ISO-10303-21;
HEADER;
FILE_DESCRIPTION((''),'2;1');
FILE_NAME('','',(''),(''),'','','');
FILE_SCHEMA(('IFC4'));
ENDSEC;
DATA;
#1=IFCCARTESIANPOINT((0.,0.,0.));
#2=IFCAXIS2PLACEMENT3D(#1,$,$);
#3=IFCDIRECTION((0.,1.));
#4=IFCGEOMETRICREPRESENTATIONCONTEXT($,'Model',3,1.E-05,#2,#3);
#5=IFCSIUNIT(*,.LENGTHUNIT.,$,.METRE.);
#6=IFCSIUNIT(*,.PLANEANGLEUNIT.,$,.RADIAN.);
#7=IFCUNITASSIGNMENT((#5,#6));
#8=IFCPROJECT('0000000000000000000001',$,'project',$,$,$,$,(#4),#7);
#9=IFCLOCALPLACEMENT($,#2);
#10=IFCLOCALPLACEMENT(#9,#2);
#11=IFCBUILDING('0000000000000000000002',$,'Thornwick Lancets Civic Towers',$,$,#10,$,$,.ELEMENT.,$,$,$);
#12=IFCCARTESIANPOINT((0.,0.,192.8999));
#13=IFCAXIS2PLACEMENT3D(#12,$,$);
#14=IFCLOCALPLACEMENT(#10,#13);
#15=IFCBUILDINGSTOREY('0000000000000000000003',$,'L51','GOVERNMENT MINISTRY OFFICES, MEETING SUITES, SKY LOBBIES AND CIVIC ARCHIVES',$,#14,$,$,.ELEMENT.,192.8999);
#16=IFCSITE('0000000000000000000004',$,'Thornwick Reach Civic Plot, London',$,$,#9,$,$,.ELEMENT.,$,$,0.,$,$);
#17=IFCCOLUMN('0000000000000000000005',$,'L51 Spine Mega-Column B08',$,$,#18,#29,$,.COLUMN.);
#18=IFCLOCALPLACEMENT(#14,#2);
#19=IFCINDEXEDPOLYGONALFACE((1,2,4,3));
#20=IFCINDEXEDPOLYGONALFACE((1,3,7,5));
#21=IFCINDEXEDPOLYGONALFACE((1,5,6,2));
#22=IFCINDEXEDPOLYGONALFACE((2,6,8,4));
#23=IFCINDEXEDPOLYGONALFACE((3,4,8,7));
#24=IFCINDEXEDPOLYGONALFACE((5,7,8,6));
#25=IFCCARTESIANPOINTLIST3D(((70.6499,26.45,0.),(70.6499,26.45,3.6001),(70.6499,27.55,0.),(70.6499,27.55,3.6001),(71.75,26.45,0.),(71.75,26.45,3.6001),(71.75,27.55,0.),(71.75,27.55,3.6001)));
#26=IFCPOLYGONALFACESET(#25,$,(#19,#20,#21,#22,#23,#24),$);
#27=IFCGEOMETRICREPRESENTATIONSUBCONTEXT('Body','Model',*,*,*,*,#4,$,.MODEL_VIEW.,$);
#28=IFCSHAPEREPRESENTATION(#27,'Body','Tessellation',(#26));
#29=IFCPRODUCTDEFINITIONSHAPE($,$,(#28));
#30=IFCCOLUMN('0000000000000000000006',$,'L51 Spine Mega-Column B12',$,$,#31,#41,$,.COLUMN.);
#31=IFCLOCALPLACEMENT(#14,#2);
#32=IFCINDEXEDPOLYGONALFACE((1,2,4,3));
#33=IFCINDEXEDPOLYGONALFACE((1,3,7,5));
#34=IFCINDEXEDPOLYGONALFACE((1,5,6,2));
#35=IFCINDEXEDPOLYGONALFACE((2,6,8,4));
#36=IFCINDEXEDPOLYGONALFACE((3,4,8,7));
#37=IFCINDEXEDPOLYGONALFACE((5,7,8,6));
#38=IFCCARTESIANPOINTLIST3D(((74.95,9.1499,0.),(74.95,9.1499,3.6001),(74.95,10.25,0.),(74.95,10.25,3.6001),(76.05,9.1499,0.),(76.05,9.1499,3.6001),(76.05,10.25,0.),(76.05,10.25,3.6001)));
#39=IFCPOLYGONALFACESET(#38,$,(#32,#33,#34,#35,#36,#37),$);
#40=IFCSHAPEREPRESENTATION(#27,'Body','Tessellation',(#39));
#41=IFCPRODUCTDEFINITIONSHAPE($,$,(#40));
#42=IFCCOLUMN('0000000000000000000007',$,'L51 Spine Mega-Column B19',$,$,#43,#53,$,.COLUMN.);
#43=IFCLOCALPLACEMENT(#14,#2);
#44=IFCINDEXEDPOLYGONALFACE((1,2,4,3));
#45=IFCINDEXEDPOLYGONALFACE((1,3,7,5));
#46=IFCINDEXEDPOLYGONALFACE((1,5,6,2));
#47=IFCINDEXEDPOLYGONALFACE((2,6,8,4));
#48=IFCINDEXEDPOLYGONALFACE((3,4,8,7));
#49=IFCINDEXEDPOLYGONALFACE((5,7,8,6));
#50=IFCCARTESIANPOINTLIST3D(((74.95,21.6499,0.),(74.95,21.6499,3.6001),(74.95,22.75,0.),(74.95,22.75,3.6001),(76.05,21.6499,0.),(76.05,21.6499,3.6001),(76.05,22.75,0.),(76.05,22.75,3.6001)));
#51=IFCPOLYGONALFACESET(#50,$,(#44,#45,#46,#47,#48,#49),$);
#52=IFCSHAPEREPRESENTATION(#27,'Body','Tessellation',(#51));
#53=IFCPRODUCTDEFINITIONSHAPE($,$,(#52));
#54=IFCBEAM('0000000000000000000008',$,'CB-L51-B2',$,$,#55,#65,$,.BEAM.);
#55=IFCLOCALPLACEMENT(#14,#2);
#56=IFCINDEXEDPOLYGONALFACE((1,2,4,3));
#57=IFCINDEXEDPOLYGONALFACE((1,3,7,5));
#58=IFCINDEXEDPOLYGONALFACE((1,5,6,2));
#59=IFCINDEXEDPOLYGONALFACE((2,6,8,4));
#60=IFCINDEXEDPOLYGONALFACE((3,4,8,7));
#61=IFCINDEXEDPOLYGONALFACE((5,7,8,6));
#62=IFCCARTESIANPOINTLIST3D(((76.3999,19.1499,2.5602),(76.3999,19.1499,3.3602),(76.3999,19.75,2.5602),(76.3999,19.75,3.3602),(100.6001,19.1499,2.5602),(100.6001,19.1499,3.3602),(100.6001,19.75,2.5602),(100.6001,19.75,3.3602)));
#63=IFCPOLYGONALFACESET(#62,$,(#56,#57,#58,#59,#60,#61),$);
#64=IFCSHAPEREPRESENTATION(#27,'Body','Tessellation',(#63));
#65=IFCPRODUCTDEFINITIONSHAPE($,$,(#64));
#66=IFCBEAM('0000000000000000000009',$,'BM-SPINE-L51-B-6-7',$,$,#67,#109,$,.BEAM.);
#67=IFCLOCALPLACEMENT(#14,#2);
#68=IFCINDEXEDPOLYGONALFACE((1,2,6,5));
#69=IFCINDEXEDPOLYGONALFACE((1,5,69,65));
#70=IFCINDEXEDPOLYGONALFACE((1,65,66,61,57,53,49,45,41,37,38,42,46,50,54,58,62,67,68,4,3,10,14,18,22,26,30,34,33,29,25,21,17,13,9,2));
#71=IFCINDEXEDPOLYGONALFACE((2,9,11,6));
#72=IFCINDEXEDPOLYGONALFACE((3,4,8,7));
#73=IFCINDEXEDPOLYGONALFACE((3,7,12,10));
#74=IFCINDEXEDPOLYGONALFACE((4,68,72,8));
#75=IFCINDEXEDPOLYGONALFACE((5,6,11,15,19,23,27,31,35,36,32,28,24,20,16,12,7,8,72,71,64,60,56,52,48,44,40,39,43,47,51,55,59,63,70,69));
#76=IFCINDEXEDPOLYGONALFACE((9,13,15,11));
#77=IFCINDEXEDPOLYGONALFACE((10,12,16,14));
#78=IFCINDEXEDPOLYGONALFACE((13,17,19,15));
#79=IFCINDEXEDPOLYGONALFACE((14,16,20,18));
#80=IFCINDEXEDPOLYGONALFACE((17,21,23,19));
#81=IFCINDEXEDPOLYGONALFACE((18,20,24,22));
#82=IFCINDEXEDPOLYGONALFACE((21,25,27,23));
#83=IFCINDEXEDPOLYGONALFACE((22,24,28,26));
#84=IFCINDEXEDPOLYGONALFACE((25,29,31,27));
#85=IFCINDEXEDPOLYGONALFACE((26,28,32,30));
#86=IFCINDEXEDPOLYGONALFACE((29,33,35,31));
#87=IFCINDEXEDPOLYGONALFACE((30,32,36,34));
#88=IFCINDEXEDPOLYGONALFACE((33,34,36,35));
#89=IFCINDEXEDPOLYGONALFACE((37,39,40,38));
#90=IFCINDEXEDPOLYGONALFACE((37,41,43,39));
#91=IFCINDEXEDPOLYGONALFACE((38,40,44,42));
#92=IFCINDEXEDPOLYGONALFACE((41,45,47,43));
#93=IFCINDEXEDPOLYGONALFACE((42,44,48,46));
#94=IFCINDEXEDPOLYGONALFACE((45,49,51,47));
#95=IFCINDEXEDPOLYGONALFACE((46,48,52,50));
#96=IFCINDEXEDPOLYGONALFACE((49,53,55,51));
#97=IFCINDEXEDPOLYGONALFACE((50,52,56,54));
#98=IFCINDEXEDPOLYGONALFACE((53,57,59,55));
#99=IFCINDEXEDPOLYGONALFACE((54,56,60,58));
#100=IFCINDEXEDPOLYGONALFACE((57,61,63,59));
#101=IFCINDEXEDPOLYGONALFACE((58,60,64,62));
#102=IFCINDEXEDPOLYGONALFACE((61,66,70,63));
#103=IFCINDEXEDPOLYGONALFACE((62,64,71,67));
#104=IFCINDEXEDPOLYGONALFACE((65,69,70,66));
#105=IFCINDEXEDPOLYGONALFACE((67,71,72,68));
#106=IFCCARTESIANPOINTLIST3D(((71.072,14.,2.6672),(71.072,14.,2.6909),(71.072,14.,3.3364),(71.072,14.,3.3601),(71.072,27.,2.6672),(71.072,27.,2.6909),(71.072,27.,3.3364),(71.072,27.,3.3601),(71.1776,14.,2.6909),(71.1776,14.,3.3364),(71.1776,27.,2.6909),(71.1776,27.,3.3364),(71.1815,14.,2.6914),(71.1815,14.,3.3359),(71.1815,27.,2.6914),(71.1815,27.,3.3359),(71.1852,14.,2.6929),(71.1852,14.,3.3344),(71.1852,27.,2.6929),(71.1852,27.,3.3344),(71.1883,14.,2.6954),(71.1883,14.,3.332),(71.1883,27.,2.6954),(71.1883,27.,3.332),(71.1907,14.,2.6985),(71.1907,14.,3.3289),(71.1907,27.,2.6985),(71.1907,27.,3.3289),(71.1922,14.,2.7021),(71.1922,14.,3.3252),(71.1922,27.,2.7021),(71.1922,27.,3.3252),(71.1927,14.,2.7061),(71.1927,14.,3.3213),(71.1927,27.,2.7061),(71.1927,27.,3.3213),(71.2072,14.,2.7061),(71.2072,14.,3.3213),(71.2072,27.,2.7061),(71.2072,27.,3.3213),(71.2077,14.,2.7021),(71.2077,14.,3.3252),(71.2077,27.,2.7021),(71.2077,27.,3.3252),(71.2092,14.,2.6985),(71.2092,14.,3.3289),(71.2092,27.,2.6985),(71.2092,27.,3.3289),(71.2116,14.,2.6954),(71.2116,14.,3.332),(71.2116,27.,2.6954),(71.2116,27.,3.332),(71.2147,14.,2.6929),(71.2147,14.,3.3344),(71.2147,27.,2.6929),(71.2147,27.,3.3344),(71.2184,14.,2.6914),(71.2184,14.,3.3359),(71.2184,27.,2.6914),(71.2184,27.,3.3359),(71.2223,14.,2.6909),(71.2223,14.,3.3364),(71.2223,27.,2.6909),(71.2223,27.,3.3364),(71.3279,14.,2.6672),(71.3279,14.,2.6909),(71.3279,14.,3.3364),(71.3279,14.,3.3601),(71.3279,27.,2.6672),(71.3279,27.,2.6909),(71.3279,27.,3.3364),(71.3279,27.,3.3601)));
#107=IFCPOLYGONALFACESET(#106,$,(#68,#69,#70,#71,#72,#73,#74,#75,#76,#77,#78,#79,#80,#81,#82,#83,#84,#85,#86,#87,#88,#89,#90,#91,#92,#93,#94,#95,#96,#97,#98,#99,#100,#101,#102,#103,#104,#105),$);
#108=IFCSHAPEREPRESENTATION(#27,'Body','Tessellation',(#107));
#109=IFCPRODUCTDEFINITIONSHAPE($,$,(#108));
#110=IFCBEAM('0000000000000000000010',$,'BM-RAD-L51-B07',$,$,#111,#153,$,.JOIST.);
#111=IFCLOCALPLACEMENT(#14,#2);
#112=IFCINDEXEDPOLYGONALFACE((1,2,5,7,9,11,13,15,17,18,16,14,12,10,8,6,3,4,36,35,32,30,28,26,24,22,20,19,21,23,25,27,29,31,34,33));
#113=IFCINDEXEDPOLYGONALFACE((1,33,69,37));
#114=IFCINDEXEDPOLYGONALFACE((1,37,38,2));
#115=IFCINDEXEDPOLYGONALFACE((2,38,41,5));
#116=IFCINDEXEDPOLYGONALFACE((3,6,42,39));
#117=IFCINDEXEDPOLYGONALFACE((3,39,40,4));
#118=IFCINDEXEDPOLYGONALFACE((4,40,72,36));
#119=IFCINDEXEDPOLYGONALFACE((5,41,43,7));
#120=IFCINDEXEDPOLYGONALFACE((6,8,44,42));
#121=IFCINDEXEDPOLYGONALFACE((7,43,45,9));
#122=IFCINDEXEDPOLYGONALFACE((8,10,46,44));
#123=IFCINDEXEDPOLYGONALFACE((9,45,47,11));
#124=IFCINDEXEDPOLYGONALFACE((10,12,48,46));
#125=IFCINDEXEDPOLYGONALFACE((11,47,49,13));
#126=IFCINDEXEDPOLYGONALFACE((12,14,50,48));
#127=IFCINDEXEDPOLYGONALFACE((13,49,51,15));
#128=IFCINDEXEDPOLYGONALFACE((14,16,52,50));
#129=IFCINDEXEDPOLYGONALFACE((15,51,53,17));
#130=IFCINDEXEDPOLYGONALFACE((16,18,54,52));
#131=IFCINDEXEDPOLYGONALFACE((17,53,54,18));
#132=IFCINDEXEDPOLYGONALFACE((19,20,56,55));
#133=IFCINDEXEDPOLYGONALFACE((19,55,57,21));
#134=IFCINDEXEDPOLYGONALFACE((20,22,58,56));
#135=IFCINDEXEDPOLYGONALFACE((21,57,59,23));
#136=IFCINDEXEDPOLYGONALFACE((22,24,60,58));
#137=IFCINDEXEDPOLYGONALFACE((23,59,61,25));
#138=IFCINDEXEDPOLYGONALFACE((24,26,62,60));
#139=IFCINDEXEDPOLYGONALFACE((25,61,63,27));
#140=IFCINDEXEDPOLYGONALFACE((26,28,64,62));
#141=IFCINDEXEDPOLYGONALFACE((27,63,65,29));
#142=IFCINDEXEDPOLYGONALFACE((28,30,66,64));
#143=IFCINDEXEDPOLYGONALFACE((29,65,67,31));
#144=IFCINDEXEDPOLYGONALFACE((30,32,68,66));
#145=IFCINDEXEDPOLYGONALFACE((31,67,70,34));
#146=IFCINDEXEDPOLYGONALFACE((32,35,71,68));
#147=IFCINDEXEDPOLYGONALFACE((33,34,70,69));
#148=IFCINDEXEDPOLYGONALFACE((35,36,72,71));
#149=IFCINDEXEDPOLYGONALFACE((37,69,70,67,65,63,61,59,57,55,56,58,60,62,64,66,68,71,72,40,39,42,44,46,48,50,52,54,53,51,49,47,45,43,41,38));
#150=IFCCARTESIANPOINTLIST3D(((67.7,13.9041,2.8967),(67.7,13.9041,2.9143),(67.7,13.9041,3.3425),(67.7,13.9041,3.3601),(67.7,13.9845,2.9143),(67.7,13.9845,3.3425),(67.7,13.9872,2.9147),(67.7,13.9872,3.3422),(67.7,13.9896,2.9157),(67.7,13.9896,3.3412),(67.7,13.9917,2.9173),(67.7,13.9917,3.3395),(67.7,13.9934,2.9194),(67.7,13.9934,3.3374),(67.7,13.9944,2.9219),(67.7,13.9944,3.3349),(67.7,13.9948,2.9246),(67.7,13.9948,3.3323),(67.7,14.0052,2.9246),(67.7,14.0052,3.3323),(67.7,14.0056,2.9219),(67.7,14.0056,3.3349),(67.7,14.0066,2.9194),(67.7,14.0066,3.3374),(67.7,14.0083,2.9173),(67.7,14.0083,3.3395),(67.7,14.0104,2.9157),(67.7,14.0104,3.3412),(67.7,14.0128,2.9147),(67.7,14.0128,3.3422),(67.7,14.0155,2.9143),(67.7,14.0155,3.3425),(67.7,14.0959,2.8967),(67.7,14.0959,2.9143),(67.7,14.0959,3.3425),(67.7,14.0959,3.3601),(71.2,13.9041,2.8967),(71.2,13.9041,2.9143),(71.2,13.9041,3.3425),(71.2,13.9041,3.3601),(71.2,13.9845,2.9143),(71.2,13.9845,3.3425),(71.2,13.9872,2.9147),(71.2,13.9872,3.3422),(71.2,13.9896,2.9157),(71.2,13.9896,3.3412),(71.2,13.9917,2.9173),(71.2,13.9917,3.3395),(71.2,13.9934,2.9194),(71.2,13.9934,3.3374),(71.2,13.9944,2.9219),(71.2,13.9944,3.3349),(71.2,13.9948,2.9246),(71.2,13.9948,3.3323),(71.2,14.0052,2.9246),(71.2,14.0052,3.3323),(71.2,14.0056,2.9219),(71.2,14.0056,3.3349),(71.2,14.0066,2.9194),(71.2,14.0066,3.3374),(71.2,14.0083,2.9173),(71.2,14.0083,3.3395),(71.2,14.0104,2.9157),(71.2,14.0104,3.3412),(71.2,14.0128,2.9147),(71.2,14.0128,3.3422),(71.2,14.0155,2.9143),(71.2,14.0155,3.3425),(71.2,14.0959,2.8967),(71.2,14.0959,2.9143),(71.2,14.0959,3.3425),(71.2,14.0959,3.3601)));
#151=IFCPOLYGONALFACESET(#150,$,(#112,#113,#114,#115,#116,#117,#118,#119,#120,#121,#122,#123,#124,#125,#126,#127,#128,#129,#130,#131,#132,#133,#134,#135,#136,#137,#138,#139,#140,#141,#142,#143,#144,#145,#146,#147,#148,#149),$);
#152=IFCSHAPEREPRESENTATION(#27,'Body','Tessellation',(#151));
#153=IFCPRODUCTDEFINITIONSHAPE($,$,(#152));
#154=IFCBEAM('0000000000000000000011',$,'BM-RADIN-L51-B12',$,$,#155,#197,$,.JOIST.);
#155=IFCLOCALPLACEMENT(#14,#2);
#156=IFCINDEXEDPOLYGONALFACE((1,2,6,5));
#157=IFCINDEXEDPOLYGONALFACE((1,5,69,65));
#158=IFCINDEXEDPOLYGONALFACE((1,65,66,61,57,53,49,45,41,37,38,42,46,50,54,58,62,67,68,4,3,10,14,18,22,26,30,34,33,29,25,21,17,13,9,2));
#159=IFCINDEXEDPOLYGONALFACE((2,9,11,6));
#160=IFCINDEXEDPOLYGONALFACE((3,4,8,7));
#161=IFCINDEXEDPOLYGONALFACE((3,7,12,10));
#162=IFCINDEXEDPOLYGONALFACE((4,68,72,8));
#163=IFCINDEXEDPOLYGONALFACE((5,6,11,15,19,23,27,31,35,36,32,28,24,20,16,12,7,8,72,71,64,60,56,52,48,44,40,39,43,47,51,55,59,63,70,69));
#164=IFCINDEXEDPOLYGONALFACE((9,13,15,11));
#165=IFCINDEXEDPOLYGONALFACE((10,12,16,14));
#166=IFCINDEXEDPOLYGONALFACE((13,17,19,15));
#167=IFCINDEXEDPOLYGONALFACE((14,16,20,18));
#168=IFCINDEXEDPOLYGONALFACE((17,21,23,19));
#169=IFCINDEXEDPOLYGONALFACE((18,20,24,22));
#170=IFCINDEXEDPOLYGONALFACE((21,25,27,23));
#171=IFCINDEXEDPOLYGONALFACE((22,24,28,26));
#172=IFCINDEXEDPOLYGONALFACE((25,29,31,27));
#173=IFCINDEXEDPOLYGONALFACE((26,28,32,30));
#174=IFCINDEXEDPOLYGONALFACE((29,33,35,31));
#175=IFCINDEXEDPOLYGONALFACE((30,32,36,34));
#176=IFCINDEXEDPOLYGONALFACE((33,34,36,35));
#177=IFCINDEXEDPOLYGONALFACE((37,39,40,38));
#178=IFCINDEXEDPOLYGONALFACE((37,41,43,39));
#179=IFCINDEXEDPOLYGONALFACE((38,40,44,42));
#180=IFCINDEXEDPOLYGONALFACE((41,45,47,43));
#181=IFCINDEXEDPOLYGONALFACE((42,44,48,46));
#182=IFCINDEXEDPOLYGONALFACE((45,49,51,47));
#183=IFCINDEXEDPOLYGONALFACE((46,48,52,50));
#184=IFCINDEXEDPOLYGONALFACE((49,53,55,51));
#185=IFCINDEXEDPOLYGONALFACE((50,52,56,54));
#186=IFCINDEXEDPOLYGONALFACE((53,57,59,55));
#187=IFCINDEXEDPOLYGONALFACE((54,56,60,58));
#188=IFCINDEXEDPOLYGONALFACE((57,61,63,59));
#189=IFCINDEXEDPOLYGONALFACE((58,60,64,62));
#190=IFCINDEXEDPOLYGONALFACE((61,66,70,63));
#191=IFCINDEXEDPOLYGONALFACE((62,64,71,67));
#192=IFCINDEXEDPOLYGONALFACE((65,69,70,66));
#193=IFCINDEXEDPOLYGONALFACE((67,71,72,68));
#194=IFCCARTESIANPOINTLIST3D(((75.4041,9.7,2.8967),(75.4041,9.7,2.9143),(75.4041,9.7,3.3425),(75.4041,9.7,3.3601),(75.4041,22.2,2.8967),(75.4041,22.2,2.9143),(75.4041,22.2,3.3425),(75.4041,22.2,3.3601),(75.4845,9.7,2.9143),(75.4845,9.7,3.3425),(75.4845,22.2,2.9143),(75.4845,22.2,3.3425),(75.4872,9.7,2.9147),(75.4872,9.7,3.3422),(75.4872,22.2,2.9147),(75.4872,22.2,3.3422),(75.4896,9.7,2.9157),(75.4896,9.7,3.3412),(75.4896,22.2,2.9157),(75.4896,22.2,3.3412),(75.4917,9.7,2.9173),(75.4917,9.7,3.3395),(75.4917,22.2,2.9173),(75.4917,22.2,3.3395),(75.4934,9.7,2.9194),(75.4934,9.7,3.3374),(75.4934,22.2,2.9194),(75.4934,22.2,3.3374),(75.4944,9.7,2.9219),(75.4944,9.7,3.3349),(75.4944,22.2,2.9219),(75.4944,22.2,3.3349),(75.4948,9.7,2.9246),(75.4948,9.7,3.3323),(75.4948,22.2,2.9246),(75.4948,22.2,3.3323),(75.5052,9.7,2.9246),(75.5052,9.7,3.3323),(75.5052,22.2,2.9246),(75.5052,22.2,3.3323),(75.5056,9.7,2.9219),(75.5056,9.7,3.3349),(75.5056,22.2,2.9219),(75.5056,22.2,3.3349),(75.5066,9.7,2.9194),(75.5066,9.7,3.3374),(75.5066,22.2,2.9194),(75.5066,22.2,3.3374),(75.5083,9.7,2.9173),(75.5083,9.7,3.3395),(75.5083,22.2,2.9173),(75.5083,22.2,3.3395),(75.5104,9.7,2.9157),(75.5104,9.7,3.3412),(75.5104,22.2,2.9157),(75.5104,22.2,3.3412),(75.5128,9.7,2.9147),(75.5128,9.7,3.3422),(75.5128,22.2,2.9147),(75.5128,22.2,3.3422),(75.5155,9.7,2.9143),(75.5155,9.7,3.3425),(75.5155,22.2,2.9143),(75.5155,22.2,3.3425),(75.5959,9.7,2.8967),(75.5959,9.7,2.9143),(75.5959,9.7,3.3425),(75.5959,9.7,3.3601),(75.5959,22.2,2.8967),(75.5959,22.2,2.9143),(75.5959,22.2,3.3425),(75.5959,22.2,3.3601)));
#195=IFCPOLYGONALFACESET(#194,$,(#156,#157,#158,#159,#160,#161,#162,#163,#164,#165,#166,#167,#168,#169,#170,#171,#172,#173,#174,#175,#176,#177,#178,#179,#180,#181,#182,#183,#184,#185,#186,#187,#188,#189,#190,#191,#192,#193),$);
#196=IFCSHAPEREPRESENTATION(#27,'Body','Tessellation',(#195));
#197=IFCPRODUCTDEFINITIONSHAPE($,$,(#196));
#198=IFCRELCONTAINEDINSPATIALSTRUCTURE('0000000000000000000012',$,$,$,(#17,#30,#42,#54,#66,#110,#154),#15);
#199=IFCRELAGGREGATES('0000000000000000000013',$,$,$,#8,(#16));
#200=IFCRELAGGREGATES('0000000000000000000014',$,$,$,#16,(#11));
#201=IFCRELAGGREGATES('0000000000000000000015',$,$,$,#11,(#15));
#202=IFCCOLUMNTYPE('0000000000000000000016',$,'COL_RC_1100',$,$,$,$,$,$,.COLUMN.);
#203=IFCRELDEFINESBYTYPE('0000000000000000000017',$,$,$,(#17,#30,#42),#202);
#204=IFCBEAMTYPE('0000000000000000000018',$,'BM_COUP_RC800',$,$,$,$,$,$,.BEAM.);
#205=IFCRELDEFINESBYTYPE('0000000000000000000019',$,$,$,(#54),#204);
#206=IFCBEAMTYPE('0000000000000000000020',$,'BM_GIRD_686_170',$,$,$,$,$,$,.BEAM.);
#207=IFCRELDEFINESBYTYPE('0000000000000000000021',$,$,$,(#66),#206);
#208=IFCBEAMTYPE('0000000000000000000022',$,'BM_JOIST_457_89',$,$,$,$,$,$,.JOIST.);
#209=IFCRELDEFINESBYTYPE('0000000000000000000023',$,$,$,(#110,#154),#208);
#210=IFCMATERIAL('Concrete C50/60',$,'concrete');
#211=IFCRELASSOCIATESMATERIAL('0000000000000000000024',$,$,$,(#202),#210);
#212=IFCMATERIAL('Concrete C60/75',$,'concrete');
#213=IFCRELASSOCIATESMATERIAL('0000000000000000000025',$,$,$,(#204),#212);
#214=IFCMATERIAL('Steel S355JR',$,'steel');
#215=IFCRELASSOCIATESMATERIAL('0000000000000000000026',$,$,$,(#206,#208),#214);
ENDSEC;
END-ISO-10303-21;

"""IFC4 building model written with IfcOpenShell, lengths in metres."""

from ifc_helpers import new_model, si_unit, direction, frame, origin, origin_2d, place, context, subcontext, project, spatial, rectangle, i_section, extrude, material, material_profile, profile_set, type_object, element, save


model = new_model("IFC4")

# Units and contexts
model_context = context("Model", 3, precision=1e-05, world=origin(), true_north=direction((0.0, 1.0)))
body_context = subcontext(model_context, "Body", "Model", "MODEL_VIEW")
ifc_project = project(units=[si_unit("LENGTHUNIT", "METRE"), si_unit("PLANEANGLEUNIT", "RADIAN")], contexts=[model_context])

# Site, building, storey
site_placement = place(None, origin())
site = spatial("IfcSite", under=ifc_project, at=site_placement, Name="Thornwick Reach Civic Plot, London", CompositionType="ELEMENT", RefElevation=0.0)
building_placement = place(site_placement, origin())
building = spatial("IfcBuilding", under=site, at=building_placement, Name="Thornwick Lancets Civic Towers", CompositionType="ELEMENT")
storey_placement = place(building_placement, frame((0.0, 0.0, 192.8999)))
storey = spatial("IfcBuildingStorey", under=building, at=storey_placement, Name="L51", Description="GOVERNMENT MINISTRY OFFICES, MEETING SUITES, SKY LOBBIES AND CIVIC ARCHIVES", CompositionType="ELEMENT", Elevation=192.8999)

# Columns
ifc_material_1 = material(Name="Concrete C50/60", Category="concrete")
ifc_material_profile_1 = material_profile(ifc_material_1, rectangle(XDim=1.1001, YDim=1.1001, at=origin_2d()), Name="RC 1100x1100")
ifc_profile_set_1 = profile_set([ifc_material_profile_1], Name="Concrete C50/60")
column_type = type_object("IfcColumnType", Name="COL_RC_1100", PredefinedType="COLUMN", material=ifc_profile_set_1)
for number, where, z_axis, x_axis, name in (
    (1, (71.2, 27.0, 0.0), (0.0, 0.0, 1.0), (1.0, 0.0, 0.0), "L51 Spine Mega-Column B08"),
    (2, (75.5, 9.7, 0.0), (0.0, 0.0, 1.0), (1.0, 0.0, 0.0), "L51 Spine Mega-Column B12"),
    (3, (75.5, 22.2, 0.0), (0.0, 0.0, 1.0), (1.0, 0.0, 0.0), "L51 Spine Mega-Column B19"),
):
    element("IfcColumn", number, at=place(storey_placement, frame(where, z_axis=z_axis, x_axis=x_axis)), inside=storey, type_object=column_type, Name=name, PredefinedType="COLUMN", context=body_context, shape_type="SweptSolid", body=[
        extrude(rectangle(XDim=1.1001, YDim=1.1001, at=origin_2d()), origin(), (0.0, 0.0, 1.0), 3.6001),
    ])

# Beams
ifc_material_2 = material(Name="Concrete C60/75", Category="concrete")
ifc_material_profile_2 = material_profile(ifc_material_2, rectangle(XDim=0.6001, YDim=0.8, at=origin_2d()), Name="RC 600x800")
ifc_profile_set_2 = profile_set([ifc_material_profile_2], Name="Concrete C60/75")
beam_type_1 = type_object("IfcBeamType", Name="BM_COUP_RC800", PredefinedType="BEAM", material=ifc_profile_set_2)
beam_1_placement = place(storey_placement, frame((76.3999, 19.45, 2.9602), z_axis=(1.0, 0.0, 0.0), x_axis=(0.0, 1.0, 0.0)))
element("IfcBeam", 4, at=beam_1_placement, inside=storey, type_object=beam_type_1, Name="CB-L51-B2", PredefinedType="BEAM", context=body_context, shape_type="SweptSolid", body=[
    extrude(rectangle(XDim=0.6001, YDim=0.8, at=origin_2d()), origin(), (0.0, 0.0, 1.0), 24.2002),
])
ifc_material_3 = material(Name="Steel S355JR", Category="steel")
ifc_material_profile_3 = material_profile(ifc_material_3, i_section(OverallWidth=0.2559, OverallDepth=0.6929, WebThickness=0.0144, FlangeThickness=0.0237, FilletRadius=0.0151, at=origin_2d()), Name="UKB 686x254x170")
ifc_profile_set_3 = profile_set([ifc_material_profile_3], Name="Steel S355JR")
beam_type_2 = type_object("IfcBeamType", Name="BM_GIRD_686_170", PredefinedType="BEAM", material=ifc_profile_set_3)
beam_2_placement = place(storey_placement, frame((71.2, 14.0, 3.0137), z_axis=(0.0, 1.0, 0.0), x_axis=(-1.0, 0.0, 0.0)))
element("IfcBeam", 5, at=beam_2_placement, inside=storey, type_object=beam_type_2, Name="BM-SPINE-L51-B-6-7", PredefinedType="BEAM", context=body_context, shape_type="SweptSolid", body=[
    extrude(i_section(OverallWidth=0.2559, OverallDepth=0.6929, WebThickness=0.0144, FlangeThickness=0.0237, FilletRadius=0.0151, at=origin_2d()), origin(), (0.0, 0.0, 1.0), 13.0),
])
ifc_material_profile_4 = material_profile(ifc_material_3, i_section(OverallWidth=0.1919, OverallDepth=0.4634, WebThickness=0.0105, FlangeThickness=0.0176, FilletRadius=0.0103, at=origin_2d()), Name="UKB 457x191x89")
ifc_profile_set_4 = profile_set([ifc_material_profile_4], Name="Steel S355JR")
beam_type_3 = type_object("IfcBeamType", Name="BM_JOIST_457_89", PredefinedType="JOIST", material=ifc_profile_set_4)
beam_3_placement = place(storey_placement, frame((71.2, 14.0, 3.1284), z_axis=(-1.0, 0.0, 0.0), x_axis=(0.0, -1.0, 0.0)))
element("IfcBeam", 6, at=beam_3_placement, inside=storey, type_object=beam_type_3, Name="BM-RAD-L51-B07", PredefinedType="JOIST", context=body_context, shape_type="SweptSolid", body=[
    extrude(i_section(OverallWidth=0.1919, OverallDepth=0.4634, WebThickness=0.0105, FlangeThickness=0.0176, FilletRadius=0.0103, at=origin_2d()), origin(), (0.0, 0.0, 1.0), 3.5),
])
beam_4_placement = place(storey_placement, frame((75.5, 22.2, 3.1284), z_axis=(0.0, -1.0, 0.0), x_axis=(1.0, 0.0, 0.0)))
element("IfcBeam", 7, at=beam_4_placement, inside=storey, type_object=beam_type_3, Name="BM-RADIN-L51-B12", PredefinedType="JOIST", context=body_context, shape_type="SweptSolid", body=[
    extrude(i_section(OverallWidth=0.1919, OverallDepth=0.4634, WebThickness=0.0105, FlangeThickness=0.0176, FilletRadius=0.0103, at=origin_2d()), origin(), (0.0, 0.0, 1.0), 12.5),
])

save(model, "model.ifc")
